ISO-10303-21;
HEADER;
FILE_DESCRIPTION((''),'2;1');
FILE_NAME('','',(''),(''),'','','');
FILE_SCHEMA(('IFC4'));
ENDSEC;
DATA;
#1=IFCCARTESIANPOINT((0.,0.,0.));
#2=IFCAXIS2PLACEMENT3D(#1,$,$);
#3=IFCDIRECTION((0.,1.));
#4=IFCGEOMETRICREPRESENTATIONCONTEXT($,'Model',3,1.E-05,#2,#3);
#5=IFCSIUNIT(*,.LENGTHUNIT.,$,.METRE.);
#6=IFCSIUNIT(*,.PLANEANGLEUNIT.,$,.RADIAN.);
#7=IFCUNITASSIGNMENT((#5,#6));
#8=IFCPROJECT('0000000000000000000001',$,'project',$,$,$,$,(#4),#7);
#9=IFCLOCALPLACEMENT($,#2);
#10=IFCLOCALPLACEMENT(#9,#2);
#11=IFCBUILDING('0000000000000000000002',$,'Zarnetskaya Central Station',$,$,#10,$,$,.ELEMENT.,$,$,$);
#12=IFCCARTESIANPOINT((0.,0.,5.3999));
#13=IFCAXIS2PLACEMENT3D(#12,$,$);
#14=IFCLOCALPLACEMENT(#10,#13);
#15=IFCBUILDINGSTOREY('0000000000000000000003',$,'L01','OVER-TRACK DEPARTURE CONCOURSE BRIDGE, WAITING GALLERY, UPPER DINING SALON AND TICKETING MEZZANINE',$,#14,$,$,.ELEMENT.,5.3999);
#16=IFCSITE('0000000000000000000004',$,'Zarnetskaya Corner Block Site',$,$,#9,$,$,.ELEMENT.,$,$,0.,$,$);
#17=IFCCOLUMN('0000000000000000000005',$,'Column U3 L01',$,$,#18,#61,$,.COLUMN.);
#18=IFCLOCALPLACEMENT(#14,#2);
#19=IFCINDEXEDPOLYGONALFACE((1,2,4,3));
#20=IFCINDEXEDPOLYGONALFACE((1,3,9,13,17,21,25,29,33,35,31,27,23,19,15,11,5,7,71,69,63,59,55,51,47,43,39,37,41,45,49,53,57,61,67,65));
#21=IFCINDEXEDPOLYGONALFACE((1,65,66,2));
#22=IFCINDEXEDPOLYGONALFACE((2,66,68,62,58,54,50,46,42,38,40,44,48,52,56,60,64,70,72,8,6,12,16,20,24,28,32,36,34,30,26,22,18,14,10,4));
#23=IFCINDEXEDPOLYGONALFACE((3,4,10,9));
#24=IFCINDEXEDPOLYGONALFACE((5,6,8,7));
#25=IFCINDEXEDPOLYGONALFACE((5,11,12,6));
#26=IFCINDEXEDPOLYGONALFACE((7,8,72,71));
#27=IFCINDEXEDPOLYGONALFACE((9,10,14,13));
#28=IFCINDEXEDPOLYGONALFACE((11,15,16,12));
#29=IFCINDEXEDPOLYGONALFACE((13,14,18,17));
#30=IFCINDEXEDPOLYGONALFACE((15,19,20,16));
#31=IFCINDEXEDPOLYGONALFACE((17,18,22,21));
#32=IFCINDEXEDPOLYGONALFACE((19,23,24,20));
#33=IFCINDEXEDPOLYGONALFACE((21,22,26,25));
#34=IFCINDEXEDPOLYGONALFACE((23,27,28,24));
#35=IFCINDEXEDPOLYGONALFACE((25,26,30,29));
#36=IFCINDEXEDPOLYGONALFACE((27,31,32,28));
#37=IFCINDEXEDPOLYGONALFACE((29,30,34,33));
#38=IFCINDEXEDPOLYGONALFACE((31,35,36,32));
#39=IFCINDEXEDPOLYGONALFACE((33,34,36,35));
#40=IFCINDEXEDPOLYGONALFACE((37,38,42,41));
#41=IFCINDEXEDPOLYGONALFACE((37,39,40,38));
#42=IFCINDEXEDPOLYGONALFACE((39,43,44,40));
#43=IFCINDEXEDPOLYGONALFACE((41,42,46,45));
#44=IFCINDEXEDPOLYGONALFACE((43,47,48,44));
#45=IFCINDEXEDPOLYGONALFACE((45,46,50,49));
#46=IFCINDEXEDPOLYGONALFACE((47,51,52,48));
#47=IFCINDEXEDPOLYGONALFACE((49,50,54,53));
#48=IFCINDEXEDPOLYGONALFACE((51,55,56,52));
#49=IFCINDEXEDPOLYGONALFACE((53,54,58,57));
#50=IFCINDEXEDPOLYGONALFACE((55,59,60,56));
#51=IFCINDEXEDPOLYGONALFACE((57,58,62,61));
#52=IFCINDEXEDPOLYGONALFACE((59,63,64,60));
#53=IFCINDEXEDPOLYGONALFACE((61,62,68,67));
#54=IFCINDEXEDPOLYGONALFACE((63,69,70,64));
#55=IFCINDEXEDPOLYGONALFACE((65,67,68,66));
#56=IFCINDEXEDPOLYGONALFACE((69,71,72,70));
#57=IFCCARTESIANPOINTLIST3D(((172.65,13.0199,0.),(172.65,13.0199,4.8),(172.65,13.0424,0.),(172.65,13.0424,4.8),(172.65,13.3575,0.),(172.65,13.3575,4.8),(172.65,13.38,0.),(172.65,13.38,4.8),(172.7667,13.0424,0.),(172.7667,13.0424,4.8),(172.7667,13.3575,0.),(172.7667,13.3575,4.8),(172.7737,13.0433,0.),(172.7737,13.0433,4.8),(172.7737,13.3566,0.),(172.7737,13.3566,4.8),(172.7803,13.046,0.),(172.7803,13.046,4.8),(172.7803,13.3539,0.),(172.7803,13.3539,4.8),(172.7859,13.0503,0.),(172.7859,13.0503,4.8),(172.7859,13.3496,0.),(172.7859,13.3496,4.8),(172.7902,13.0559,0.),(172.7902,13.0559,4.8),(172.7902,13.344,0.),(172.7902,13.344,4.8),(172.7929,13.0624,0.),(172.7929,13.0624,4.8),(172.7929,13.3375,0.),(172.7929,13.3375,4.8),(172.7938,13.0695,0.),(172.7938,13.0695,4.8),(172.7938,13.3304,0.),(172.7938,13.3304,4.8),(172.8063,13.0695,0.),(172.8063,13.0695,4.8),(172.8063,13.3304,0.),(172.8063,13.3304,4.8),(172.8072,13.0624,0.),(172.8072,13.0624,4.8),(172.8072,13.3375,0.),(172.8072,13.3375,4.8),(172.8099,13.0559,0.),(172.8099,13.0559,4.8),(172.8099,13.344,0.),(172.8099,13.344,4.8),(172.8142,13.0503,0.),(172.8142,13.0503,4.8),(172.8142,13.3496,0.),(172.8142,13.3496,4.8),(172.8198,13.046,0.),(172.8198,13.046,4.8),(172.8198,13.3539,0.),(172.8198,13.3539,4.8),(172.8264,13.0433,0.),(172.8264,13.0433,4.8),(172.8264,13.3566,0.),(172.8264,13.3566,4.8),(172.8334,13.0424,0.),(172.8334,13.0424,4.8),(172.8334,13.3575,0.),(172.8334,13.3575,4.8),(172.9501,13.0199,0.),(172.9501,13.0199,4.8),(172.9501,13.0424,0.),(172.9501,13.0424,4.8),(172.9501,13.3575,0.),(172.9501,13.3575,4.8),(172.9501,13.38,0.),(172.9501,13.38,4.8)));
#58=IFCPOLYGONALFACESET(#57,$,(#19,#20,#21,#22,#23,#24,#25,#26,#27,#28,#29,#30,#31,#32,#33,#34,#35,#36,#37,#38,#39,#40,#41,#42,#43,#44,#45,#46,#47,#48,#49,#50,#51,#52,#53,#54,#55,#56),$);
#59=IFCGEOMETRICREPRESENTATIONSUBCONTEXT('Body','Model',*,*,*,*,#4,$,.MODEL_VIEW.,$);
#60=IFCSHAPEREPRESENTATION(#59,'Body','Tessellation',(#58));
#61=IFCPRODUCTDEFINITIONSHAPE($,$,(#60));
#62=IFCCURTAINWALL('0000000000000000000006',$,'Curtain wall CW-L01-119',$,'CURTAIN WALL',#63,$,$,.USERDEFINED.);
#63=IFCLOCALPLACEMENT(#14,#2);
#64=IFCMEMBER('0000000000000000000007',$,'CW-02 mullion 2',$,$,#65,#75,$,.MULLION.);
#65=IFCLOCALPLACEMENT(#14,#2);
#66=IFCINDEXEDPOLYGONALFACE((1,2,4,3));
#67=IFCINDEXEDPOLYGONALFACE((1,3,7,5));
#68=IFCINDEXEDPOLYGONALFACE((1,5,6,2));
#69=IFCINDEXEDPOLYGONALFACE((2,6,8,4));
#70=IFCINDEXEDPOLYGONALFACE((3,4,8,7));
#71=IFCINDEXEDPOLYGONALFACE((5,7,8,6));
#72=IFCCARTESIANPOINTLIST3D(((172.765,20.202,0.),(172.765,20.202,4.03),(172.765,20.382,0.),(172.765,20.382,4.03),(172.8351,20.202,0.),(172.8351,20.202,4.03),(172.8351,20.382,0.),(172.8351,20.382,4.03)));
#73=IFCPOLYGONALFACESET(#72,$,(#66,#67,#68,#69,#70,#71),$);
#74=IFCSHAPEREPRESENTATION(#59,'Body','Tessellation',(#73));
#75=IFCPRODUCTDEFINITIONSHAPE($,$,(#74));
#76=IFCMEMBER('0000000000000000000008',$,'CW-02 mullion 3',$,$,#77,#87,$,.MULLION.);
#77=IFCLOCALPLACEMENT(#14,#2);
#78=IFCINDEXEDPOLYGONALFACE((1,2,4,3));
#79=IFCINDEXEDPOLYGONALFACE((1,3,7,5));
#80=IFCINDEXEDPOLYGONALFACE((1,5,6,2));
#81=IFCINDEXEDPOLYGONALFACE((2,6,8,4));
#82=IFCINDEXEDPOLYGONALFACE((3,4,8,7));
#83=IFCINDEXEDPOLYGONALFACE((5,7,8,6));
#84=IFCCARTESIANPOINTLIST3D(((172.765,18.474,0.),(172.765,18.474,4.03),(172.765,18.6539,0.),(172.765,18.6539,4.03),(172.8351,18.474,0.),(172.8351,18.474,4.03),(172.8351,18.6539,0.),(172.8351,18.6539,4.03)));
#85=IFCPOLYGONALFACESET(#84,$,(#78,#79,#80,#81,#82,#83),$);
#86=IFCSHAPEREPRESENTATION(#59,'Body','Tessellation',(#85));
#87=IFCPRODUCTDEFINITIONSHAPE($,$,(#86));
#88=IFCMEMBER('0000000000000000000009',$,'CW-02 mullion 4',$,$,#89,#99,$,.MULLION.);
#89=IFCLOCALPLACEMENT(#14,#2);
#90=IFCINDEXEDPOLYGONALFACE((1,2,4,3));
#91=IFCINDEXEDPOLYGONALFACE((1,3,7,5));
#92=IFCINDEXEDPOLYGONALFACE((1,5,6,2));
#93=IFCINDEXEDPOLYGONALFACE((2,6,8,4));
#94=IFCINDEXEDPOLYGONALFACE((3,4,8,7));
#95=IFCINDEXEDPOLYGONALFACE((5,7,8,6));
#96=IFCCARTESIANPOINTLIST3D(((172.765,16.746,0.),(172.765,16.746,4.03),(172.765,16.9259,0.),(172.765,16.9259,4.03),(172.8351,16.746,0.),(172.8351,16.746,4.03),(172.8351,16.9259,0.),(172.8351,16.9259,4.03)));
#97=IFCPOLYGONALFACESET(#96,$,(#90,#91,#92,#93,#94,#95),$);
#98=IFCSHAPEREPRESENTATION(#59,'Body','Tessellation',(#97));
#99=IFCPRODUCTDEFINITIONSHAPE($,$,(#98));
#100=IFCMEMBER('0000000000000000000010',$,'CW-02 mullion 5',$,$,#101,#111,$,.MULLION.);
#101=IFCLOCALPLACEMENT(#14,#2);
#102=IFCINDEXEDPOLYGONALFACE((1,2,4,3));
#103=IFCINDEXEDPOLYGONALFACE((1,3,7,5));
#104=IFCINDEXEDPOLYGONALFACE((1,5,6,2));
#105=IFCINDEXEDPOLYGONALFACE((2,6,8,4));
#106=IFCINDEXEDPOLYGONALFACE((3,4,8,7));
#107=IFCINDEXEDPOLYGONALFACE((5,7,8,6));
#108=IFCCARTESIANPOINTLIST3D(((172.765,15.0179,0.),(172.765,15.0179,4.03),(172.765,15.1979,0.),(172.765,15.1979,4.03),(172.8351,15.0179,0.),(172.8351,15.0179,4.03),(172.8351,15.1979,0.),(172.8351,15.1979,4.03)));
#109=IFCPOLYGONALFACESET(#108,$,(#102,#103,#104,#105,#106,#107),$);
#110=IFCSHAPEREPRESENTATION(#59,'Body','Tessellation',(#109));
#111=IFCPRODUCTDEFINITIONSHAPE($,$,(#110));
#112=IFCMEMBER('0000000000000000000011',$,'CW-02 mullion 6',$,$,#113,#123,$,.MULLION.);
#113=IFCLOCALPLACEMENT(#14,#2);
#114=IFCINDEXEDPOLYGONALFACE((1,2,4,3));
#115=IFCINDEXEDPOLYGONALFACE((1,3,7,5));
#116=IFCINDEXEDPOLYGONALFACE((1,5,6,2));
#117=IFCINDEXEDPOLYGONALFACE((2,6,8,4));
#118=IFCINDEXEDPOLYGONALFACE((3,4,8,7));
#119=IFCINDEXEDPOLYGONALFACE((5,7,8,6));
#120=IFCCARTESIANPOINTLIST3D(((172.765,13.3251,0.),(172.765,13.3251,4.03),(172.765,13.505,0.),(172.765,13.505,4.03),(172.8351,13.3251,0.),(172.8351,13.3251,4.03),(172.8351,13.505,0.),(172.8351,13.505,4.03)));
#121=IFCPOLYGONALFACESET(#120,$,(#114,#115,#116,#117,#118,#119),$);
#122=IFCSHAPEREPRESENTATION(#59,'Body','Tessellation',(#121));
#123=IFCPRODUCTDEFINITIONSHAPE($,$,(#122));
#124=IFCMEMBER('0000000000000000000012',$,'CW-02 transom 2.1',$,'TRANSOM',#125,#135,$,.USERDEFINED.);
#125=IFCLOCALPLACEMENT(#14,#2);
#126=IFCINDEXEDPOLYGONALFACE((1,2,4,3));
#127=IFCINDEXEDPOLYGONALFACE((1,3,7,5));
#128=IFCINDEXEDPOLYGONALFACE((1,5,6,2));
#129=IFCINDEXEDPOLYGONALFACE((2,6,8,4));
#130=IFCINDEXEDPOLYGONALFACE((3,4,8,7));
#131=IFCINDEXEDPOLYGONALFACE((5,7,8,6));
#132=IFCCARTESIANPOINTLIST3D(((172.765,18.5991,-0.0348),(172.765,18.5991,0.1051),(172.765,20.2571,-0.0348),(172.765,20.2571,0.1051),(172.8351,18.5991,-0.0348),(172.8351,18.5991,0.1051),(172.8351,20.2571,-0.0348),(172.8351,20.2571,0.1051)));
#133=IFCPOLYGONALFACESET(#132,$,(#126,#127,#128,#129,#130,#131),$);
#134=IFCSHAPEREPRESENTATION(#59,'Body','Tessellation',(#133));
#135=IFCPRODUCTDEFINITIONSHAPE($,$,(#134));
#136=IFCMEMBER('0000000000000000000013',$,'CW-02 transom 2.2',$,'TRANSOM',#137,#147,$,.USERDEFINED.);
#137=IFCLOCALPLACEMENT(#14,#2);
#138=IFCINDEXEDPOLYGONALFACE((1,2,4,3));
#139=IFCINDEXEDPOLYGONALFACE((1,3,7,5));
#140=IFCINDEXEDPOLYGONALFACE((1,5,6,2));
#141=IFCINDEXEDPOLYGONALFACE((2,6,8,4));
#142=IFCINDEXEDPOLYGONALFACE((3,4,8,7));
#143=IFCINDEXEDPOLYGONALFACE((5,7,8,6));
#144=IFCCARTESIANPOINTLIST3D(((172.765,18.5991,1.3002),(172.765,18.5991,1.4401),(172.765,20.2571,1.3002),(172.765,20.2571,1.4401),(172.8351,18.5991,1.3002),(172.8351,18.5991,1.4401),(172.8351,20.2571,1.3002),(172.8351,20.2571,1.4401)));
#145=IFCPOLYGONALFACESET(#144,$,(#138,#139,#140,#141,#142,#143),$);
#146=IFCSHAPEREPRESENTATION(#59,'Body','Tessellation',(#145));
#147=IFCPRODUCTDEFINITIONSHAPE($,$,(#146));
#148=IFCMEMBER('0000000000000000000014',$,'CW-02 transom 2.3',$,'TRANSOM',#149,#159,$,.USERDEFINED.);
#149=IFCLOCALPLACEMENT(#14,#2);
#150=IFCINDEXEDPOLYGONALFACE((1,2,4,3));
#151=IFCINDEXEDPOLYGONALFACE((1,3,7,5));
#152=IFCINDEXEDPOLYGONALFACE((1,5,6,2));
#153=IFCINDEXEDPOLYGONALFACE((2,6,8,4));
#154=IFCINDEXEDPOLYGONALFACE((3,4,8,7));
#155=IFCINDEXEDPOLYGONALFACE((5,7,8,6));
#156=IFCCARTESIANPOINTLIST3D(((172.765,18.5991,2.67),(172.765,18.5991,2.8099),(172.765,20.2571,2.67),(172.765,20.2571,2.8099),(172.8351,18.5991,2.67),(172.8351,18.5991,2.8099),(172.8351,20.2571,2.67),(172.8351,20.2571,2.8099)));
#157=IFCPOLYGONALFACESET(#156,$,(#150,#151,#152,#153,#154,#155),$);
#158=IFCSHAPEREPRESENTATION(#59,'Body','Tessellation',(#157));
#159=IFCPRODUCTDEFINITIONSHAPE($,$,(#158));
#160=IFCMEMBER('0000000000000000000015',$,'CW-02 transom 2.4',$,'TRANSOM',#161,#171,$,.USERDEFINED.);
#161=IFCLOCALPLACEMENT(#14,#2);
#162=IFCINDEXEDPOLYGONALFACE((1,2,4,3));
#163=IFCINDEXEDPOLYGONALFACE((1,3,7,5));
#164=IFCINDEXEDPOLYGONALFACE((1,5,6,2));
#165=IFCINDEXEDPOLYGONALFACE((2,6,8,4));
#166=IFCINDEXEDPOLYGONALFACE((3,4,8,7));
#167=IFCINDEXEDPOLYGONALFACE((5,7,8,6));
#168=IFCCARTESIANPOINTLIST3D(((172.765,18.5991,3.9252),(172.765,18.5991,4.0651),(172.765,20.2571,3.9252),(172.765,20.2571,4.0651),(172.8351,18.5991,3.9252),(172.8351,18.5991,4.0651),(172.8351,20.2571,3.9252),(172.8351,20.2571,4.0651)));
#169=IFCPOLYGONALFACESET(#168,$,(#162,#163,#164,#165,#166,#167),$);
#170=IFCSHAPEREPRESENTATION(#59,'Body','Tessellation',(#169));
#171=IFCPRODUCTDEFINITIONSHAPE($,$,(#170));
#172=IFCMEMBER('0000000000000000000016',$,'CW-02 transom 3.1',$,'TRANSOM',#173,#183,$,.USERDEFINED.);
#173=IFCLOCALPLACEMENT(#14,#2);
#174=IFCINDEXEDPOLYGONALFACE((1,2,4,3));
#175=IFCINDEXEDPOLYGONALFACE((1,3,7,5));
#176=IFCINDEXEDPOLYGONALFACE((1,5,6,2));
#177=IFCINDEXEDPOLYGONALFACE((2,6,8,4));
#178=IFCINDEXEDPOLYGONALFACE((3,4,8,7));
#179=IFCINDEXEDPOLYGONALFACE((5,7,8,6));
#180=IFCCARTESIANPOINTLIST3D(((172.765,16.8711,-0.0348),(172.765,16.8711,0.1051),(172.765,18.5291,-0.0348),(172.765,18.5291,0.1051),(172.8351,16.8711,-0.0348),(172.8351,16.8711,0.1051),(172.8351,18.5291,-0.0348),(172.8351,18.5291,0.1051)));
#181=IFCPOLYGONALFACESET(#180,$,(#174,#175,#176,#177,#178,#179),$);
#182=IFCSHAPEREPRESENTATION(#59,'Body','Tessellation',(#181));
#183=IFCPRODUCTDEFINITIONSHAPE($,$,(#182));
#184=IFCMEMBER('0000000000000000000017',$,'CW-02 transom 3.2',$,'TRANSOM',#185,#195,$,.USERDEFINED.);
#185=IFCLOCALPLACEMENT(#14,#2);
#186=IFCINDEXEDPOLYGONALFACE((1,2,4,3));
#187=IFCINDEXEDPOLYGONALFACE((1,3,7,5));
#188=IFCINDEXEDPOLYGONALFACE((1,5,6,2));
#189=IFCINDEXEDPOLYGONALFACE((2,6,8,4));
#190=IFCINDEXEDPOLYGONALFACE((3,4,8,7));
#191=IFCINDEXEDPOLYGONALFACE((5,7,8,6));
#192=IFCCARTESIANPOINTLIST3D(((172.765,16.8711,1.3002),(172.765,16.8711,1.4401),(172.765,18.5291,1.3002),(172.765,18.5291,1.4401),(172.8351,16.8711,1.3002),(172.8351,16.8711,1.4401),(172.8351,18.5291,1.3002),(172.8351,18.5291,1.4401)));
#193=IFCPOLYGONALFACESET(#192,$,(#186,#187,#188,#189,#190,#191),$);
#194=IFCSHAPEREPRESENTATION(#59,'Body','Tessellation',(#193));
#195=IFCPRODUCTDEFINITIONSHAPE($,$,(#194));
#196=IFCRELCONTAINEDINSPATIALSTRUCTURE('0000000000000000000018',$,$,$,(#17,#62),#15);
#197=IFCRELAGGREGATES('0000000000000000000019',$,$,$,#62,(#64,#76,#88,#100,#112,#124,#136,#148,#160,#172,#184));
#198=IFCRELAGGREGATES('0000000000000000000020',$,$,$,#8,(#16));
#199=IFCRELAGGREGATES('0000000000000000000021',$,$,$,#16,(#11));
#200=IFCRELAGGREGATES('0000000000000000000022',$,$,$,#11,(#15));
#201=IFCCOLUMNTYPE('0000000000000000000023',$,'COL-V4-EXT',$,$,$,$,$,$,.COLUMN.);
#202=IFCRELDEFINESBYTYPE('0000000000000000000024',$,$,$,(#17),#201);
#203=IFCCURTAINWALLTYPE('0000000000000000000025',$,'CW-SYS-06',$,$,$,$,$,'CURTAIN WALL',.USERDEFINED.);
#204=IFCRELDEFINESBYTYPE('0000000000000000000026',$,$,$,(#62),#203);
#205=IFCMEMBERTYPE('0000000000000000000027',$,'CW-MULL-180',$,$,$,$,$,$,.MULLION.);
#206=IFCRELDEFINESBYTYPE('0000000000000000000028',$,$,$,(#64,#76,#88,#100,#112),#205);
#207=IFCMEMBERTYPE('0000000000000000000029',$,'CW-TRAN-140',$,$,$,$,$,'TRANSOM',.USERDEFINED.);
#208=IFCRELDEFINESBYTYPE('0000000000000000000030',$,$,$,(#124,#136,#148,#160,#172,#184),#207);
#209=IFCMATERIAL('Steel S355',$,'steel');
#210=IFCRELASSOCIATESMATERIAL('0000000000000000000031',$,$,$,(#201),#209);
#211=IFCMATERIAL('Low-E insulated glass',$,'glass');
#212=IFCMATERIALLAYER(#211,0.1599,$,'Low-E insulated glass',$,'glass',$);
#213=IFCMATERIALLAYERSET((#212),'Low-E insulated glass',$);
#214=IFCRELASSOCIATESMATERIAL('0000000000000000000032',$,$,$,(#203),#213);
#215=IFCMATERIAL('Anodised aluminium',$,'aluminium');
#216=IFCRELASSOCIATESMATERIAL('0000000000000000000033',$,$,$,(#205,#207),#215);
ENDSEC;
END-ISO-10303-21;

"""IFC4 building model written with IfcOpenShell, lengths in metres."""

from ifc_helpers import new_model, si_unit, direction, frame, origin, origin_2d, place, context, subcontext, project, spatial, rectangle, i_section, extrude, material, layer, layer_set, material_profile, profile_set, type_object, element, aggregate, save


model = new_model("IFC4")

# Units and contexts
model_context = context("Model", 3, precision=1e-05, world=origin(), true_north=direction((0.0, 1.0)))
body_context = subcontext(model_context, "Body", "Model", "MODEL_VIEW")
ifc_project = project(units=[si_unit("LENGTHUNIT", "METRE"), si_unit("PLANEANGLEUNIT", "RADIAN")], contexts=[model_context])

# Site, building, storey
site_placement = place(None, origin())
site = spatial("IfcSite", under=ifc_project, at=site_placement, Name="Zarnetskaya Corner Block Site", CompositionType="ELEMENT", RefElevation=0.0)
building_placement = place(site_placement, origin())
building = spatial("IfcBuilding", under=site, at=building_placement, Name="Zarnetskaya Central Station", CompositionType="ELEMENT")
storey_placement = place(building_placement, frame((0.0, 0.0, 5.3999)))
storey = spatial("IfcBuildingStorey", under=building, at=storey_placement, Name="L01", Description="OVER-TRACK DEPARTURE CONCOURSE BRIDGE, WAITING GALLERY, UPPER DINING SALON AND TICKETING MEZZANINE", CompositionType="ELEMENT", Elevation=5.3999)

# Column
ifc_material_1 = material(Name="Steel S355", Category="steel")
ifc_material_profile_1 = material_profile(ifc_material_1, i_section(OverallWidth=0.3, OverallDepth=0.3601, WebThickness=0.0125, FlangeThickness=0.0225, FilletRadius=0.0271, at=origin_2d()), Name="HEB 360")
ifc_profile_set_1 = profile_set([ifc_material_profile_1], Name="Steel S355")
column_type = type_object("IfcColumnType", Name="COL-V4-EXT", PredefinedType="COLUMN", material=ifc_profile_set_1)
column_placement = place(storey_placement, frame((172.8, 13.2, 0.0), z_axis=(0.0, 0.0, 1.0), x_axis=(1.0, 0.0, 0.0)))
element("IfcColumn", 1, at=column_placement, inside=storey, type_object=column_type, Name="Column U3 L01", PredefinedType="COLUMN", context=body_context, shape_type="SweptSolid", body=[
    extrude(i_section(OverallWidth=0.3, OverallDepth=0.3601, WebThickness=0.0125, FlangeThickness=0.0225, FilletRadius=0.0271, at=origin_2d()), origin(), (0.0, 0.0, 1.0), 4.8),
])

# Curtain wall, members
ifc_material_2 = material(Name="Low-E insulated glass", Category="glass")
ifc_layer_1 = layer(ifc_material_2, 0.1599, Name="Low-E insulated glass", Category="glass")
ifc_layer_set_1 = layer_set([ifc_layer_1], Name="Low-E insulated glass")
curtain_wall_type = type_object("IfcCurtainWallType", Name="CW-SYS-06", ElementType="CURTAIN WALL", PredefinedType="USERDEFINED", material=ifc_layer_set_1)
curtain_wall_placement = place(storey_placement, origin())
curtain_wall = element("IfcCurtainWall", 2, at=curtain_wall_placement, inside=storey, type_object=curtain_wall_type, Name="Curtain wall CW-L01-119", ObjectType="CURTAIN WALL", PredefinedType="USERDEFINED")
ifc_material_3 = material(Name="Anodised aluminium", Category="aluminium")
ifc_material_profile_2 = material_profile(ifc_material_3, rectangle(XDim=0.0701, YDim=0.1799, at=origin_2d()), Name="ALU MULL 70x180")
ifc_profile_set_2 = profile_set([ifc_material_profile_2], Name="Anodised aluminium")
member_type_1 = type_object("IfcMemberType", Name="CW-MULL-180", PredefinedType="MULLION", material=ifc_profile_set_2)
member_1_placement = place(storey_placement, frame((172.8, 20.292, 0.0), z_axis=(0.0, 0.0, 1.0), x_axis=(1.0, 0.0, 0.0)))
member_1 = element("IfcMember", 3, at=member_1_placement, type_object=member_type_1, Name="CW-02 mullion 2", PredefinedType="MULLION", context=body_context, shape_type="SweptSolid", body=[
    extrude(rectangle(XDim=0.0701, YDim=0.1799, at=origin_2d()), origin(), (0.0, 0.0, 1.0), 4.03),
])
member_2_placement = place(storey_placement, frame((172.8, 18.564, 0.0), z_axis=(0.0, 0.0, 1.0), x_axis=(1.0, 0.0, 0.0)))
member_2 = element("IfcMember", 4, at=member_2_placement, type_object=member_type_1, Name="CW-02 mullion 3", PredefinedType="MULLION", context=body_context, shape_type="SweptSolid", body=[
    extrude(rectangle(XDim=0.0701, YDim=0.1799, at=origin_2d()), origin(), (0.0, 0.0, 1.0), 4.03),
])
member_3_placement = place(storey_placement, frame((172.8, 16.8359, 0.0), z_axis=(0.0, 0.0, 1.0), x_axis=(1.0, 0.0, 0.0)))
member_3 = element("IfcMember", 5, at=member_3_placement, type_object=member_type_1, Name="CW-02 mullion 4", PredefinedType="MULLION", context=body_context, shape_type="SweptSolid", body=[
    extrude(rectangle(XDim=0.0701, YDim=0.1799, at=origin_2d()), origin(), (0.0, 0.0, 1.0), 4.03),
])
member_4_placement = place(storey_placement, frame((172.8, 15.1079, 0.0), z_axis=(0.0, 0.0, 1.0), x_axis=(1.0, 0.0, 0.0)))
member_4 = element("IfcMember", 6, at=member_4_placement, type_object=member_type_1, Name="CW-02 mullion 5", PredefinedType="MULLION", context=body_context, shape_type="SweptSolid", body=[
    extrude(rectangle(XDim=0.0701, YDim=0.1799, at=origin_2d()), origin(), (0.0, 0.0, 1.0), 4.03),
])
member_5_placement = place(storey_placement, frame((172.8, 13.415, 0.0), z_axis=(0.0, 0.0, 1.0), x_axis=(1.0, 0.0, 0.0)))
member_5 = element("IfcMember", 7, at=member_5_placement, type_object=member_type_1, Name="CW-02 mullion 6", PredefinedType="MULLION", context=body_context, shape_type="SweptSolid", body=[
    extrude(rectangle(XDim=0.0701, YDim=0.1799, at=origin_2d()), origin(), (0.0, 0.0, 1.0), 4.03),
])
ifc_material_profile_3 = material_profile(ifc_material_3, rectangle(XDim=0.0701, YDim=0.1399, at=origin_2d()), Name="ALU TRAN 70x140")
ifc_profile_set_3 = profile_set([ifc_material_profile_3], Name="Anodised aluminium")
member_type_2 = type_object("IfcMemberType", Name="CW-TRAN-140", ElementType="TRANSOM", PredefinedType="USERDEFINED", material=ifc_profile_set_3)
member_6_placement = place(storey_placement, frame((172.8, 20.2571, 0.0352), z_axis=(0.0, -1.0, 0.0), x_axis=(1.0, 0.0, 0.0)))
member_6 = element("IfcMember", 8, at=member_6_placement, type_object=member_type_2, Name="CW-02 transom 2.1", ObjectType="TRANSOM", PredefinedType="USERDEFINED", context=body_context, shape_type="SweptSolid", body=[
    extrude(rectangle(XDim=0.0701, YDim=0.1399, at=origin_2d()), origin(), (0.0, 0.0, 1.0), 1.658),
])
member_7_placement = place(storey_placement, frame((172.8, 20.2571, 1.3701), z_axis=(0.0, -1.0, 0.0), x_axis=(1.0, 0.0, 0.0)))
member_7 = element("IfcMember", 9, at=member_7_placement, type_object=member_type_2, Name="CW-02 transom 2.2", ObjectType="TRANSOM", PredefinedType="USERDEFINED", context=body_context, shape_type="SweptSolid", body=[
    extrude(rectangle(XDim=0.0701, YDim=0.1399, at=origin_2d()), origin(), (0.0, 0.0, 1.0), 1.658),
])
member_8_placement = place(storey_placement, frame((172.8, 20.2571, 2.74), z_axis=(0.0, -1.0, 0.0), x_axis=(1.0, 0.0, 0.0)))
member_8 = element("IfcMember", 10, at=member_8_placement, type_object=member_type_2, Name="CW-02 transom 2.3", ObjectType="TRANSOM", PredefinedType="USERDEFINED", context=body_context, shape_type="SweptSolid", body=[
    extrude(rectangle(XDim=0.0701, YDim=0.1399, at=origin_2d()), origin(), (0.0, 0.0, 1.0), 1.658),
])
member_9_placement = place(storey_placement, frame((172.8, 20.2571, 3.9951), z_axis=(0.0, -1.0, 0.0), x_axis=(1.0, 0.0, 0.0)))
member_9 = element("IfcMember", 11, at=member_9_placement, type_object=member_type_2, Name="CW-02 transom 2.4", ObjectType="TRANSOM", PredefinedType="USERDEFINED", context=body_context, shape_type="SweptSolid", body=[
    extrude(rectangle(XDim=0.0701, YDim=0.1399, at=origin_2d()), origin(), (0.0, 0.0, 1.0), 1.658),
])
member_10_placement = place(storey_placement, frame((172.8, 18.5291, 0.0352), z_axis=(0.0, -1.0, 0.0), x_axis=(1.0, 0.0, 0.0)))
member_10 = element("IfcMember", 12, at=member_10_placement, type_object=member_type_2, Name="CW-02 transom 3.1", ObjectType="TRANSOM", PredefinedType="USERDEFINED", context=body_context, shape_type="SweptSolid", body=[
    extrude(rectangle(XDim=0.0701, YDim=0.1399, at=origin_2d()), origin(), (0.0, 0.0, 1.0), 1.658),
])
member_11_placement = place(storey_placement, frame((172.8, 18.5291, 1.3701), z_axis=(0.0, -1.0, 0.0), x_axis=(1.0, 0.0, 0.0)))
member_11 = element("IfcMember", 13, at=member_11_placement, type_object=member_type_2, Name="CW-02 transom 3.2", ObjectType="TRANSOM", PredefinedType="USERDEFINED", context=body_context, shape_type="SweptSolid", body=[
    extrude(rectangle(XDim=0.0701, YDim=0.1399, at=origin_2d()), origin(), (0.0, 0.0, 1.0), 1.658),
])

aggregate(curtain_wall, [member_1, member_2, member_3, member_4, member_5, member_6, member_7, member_8, member_9, member_10, member_11])

save(model, "model.ifc")
